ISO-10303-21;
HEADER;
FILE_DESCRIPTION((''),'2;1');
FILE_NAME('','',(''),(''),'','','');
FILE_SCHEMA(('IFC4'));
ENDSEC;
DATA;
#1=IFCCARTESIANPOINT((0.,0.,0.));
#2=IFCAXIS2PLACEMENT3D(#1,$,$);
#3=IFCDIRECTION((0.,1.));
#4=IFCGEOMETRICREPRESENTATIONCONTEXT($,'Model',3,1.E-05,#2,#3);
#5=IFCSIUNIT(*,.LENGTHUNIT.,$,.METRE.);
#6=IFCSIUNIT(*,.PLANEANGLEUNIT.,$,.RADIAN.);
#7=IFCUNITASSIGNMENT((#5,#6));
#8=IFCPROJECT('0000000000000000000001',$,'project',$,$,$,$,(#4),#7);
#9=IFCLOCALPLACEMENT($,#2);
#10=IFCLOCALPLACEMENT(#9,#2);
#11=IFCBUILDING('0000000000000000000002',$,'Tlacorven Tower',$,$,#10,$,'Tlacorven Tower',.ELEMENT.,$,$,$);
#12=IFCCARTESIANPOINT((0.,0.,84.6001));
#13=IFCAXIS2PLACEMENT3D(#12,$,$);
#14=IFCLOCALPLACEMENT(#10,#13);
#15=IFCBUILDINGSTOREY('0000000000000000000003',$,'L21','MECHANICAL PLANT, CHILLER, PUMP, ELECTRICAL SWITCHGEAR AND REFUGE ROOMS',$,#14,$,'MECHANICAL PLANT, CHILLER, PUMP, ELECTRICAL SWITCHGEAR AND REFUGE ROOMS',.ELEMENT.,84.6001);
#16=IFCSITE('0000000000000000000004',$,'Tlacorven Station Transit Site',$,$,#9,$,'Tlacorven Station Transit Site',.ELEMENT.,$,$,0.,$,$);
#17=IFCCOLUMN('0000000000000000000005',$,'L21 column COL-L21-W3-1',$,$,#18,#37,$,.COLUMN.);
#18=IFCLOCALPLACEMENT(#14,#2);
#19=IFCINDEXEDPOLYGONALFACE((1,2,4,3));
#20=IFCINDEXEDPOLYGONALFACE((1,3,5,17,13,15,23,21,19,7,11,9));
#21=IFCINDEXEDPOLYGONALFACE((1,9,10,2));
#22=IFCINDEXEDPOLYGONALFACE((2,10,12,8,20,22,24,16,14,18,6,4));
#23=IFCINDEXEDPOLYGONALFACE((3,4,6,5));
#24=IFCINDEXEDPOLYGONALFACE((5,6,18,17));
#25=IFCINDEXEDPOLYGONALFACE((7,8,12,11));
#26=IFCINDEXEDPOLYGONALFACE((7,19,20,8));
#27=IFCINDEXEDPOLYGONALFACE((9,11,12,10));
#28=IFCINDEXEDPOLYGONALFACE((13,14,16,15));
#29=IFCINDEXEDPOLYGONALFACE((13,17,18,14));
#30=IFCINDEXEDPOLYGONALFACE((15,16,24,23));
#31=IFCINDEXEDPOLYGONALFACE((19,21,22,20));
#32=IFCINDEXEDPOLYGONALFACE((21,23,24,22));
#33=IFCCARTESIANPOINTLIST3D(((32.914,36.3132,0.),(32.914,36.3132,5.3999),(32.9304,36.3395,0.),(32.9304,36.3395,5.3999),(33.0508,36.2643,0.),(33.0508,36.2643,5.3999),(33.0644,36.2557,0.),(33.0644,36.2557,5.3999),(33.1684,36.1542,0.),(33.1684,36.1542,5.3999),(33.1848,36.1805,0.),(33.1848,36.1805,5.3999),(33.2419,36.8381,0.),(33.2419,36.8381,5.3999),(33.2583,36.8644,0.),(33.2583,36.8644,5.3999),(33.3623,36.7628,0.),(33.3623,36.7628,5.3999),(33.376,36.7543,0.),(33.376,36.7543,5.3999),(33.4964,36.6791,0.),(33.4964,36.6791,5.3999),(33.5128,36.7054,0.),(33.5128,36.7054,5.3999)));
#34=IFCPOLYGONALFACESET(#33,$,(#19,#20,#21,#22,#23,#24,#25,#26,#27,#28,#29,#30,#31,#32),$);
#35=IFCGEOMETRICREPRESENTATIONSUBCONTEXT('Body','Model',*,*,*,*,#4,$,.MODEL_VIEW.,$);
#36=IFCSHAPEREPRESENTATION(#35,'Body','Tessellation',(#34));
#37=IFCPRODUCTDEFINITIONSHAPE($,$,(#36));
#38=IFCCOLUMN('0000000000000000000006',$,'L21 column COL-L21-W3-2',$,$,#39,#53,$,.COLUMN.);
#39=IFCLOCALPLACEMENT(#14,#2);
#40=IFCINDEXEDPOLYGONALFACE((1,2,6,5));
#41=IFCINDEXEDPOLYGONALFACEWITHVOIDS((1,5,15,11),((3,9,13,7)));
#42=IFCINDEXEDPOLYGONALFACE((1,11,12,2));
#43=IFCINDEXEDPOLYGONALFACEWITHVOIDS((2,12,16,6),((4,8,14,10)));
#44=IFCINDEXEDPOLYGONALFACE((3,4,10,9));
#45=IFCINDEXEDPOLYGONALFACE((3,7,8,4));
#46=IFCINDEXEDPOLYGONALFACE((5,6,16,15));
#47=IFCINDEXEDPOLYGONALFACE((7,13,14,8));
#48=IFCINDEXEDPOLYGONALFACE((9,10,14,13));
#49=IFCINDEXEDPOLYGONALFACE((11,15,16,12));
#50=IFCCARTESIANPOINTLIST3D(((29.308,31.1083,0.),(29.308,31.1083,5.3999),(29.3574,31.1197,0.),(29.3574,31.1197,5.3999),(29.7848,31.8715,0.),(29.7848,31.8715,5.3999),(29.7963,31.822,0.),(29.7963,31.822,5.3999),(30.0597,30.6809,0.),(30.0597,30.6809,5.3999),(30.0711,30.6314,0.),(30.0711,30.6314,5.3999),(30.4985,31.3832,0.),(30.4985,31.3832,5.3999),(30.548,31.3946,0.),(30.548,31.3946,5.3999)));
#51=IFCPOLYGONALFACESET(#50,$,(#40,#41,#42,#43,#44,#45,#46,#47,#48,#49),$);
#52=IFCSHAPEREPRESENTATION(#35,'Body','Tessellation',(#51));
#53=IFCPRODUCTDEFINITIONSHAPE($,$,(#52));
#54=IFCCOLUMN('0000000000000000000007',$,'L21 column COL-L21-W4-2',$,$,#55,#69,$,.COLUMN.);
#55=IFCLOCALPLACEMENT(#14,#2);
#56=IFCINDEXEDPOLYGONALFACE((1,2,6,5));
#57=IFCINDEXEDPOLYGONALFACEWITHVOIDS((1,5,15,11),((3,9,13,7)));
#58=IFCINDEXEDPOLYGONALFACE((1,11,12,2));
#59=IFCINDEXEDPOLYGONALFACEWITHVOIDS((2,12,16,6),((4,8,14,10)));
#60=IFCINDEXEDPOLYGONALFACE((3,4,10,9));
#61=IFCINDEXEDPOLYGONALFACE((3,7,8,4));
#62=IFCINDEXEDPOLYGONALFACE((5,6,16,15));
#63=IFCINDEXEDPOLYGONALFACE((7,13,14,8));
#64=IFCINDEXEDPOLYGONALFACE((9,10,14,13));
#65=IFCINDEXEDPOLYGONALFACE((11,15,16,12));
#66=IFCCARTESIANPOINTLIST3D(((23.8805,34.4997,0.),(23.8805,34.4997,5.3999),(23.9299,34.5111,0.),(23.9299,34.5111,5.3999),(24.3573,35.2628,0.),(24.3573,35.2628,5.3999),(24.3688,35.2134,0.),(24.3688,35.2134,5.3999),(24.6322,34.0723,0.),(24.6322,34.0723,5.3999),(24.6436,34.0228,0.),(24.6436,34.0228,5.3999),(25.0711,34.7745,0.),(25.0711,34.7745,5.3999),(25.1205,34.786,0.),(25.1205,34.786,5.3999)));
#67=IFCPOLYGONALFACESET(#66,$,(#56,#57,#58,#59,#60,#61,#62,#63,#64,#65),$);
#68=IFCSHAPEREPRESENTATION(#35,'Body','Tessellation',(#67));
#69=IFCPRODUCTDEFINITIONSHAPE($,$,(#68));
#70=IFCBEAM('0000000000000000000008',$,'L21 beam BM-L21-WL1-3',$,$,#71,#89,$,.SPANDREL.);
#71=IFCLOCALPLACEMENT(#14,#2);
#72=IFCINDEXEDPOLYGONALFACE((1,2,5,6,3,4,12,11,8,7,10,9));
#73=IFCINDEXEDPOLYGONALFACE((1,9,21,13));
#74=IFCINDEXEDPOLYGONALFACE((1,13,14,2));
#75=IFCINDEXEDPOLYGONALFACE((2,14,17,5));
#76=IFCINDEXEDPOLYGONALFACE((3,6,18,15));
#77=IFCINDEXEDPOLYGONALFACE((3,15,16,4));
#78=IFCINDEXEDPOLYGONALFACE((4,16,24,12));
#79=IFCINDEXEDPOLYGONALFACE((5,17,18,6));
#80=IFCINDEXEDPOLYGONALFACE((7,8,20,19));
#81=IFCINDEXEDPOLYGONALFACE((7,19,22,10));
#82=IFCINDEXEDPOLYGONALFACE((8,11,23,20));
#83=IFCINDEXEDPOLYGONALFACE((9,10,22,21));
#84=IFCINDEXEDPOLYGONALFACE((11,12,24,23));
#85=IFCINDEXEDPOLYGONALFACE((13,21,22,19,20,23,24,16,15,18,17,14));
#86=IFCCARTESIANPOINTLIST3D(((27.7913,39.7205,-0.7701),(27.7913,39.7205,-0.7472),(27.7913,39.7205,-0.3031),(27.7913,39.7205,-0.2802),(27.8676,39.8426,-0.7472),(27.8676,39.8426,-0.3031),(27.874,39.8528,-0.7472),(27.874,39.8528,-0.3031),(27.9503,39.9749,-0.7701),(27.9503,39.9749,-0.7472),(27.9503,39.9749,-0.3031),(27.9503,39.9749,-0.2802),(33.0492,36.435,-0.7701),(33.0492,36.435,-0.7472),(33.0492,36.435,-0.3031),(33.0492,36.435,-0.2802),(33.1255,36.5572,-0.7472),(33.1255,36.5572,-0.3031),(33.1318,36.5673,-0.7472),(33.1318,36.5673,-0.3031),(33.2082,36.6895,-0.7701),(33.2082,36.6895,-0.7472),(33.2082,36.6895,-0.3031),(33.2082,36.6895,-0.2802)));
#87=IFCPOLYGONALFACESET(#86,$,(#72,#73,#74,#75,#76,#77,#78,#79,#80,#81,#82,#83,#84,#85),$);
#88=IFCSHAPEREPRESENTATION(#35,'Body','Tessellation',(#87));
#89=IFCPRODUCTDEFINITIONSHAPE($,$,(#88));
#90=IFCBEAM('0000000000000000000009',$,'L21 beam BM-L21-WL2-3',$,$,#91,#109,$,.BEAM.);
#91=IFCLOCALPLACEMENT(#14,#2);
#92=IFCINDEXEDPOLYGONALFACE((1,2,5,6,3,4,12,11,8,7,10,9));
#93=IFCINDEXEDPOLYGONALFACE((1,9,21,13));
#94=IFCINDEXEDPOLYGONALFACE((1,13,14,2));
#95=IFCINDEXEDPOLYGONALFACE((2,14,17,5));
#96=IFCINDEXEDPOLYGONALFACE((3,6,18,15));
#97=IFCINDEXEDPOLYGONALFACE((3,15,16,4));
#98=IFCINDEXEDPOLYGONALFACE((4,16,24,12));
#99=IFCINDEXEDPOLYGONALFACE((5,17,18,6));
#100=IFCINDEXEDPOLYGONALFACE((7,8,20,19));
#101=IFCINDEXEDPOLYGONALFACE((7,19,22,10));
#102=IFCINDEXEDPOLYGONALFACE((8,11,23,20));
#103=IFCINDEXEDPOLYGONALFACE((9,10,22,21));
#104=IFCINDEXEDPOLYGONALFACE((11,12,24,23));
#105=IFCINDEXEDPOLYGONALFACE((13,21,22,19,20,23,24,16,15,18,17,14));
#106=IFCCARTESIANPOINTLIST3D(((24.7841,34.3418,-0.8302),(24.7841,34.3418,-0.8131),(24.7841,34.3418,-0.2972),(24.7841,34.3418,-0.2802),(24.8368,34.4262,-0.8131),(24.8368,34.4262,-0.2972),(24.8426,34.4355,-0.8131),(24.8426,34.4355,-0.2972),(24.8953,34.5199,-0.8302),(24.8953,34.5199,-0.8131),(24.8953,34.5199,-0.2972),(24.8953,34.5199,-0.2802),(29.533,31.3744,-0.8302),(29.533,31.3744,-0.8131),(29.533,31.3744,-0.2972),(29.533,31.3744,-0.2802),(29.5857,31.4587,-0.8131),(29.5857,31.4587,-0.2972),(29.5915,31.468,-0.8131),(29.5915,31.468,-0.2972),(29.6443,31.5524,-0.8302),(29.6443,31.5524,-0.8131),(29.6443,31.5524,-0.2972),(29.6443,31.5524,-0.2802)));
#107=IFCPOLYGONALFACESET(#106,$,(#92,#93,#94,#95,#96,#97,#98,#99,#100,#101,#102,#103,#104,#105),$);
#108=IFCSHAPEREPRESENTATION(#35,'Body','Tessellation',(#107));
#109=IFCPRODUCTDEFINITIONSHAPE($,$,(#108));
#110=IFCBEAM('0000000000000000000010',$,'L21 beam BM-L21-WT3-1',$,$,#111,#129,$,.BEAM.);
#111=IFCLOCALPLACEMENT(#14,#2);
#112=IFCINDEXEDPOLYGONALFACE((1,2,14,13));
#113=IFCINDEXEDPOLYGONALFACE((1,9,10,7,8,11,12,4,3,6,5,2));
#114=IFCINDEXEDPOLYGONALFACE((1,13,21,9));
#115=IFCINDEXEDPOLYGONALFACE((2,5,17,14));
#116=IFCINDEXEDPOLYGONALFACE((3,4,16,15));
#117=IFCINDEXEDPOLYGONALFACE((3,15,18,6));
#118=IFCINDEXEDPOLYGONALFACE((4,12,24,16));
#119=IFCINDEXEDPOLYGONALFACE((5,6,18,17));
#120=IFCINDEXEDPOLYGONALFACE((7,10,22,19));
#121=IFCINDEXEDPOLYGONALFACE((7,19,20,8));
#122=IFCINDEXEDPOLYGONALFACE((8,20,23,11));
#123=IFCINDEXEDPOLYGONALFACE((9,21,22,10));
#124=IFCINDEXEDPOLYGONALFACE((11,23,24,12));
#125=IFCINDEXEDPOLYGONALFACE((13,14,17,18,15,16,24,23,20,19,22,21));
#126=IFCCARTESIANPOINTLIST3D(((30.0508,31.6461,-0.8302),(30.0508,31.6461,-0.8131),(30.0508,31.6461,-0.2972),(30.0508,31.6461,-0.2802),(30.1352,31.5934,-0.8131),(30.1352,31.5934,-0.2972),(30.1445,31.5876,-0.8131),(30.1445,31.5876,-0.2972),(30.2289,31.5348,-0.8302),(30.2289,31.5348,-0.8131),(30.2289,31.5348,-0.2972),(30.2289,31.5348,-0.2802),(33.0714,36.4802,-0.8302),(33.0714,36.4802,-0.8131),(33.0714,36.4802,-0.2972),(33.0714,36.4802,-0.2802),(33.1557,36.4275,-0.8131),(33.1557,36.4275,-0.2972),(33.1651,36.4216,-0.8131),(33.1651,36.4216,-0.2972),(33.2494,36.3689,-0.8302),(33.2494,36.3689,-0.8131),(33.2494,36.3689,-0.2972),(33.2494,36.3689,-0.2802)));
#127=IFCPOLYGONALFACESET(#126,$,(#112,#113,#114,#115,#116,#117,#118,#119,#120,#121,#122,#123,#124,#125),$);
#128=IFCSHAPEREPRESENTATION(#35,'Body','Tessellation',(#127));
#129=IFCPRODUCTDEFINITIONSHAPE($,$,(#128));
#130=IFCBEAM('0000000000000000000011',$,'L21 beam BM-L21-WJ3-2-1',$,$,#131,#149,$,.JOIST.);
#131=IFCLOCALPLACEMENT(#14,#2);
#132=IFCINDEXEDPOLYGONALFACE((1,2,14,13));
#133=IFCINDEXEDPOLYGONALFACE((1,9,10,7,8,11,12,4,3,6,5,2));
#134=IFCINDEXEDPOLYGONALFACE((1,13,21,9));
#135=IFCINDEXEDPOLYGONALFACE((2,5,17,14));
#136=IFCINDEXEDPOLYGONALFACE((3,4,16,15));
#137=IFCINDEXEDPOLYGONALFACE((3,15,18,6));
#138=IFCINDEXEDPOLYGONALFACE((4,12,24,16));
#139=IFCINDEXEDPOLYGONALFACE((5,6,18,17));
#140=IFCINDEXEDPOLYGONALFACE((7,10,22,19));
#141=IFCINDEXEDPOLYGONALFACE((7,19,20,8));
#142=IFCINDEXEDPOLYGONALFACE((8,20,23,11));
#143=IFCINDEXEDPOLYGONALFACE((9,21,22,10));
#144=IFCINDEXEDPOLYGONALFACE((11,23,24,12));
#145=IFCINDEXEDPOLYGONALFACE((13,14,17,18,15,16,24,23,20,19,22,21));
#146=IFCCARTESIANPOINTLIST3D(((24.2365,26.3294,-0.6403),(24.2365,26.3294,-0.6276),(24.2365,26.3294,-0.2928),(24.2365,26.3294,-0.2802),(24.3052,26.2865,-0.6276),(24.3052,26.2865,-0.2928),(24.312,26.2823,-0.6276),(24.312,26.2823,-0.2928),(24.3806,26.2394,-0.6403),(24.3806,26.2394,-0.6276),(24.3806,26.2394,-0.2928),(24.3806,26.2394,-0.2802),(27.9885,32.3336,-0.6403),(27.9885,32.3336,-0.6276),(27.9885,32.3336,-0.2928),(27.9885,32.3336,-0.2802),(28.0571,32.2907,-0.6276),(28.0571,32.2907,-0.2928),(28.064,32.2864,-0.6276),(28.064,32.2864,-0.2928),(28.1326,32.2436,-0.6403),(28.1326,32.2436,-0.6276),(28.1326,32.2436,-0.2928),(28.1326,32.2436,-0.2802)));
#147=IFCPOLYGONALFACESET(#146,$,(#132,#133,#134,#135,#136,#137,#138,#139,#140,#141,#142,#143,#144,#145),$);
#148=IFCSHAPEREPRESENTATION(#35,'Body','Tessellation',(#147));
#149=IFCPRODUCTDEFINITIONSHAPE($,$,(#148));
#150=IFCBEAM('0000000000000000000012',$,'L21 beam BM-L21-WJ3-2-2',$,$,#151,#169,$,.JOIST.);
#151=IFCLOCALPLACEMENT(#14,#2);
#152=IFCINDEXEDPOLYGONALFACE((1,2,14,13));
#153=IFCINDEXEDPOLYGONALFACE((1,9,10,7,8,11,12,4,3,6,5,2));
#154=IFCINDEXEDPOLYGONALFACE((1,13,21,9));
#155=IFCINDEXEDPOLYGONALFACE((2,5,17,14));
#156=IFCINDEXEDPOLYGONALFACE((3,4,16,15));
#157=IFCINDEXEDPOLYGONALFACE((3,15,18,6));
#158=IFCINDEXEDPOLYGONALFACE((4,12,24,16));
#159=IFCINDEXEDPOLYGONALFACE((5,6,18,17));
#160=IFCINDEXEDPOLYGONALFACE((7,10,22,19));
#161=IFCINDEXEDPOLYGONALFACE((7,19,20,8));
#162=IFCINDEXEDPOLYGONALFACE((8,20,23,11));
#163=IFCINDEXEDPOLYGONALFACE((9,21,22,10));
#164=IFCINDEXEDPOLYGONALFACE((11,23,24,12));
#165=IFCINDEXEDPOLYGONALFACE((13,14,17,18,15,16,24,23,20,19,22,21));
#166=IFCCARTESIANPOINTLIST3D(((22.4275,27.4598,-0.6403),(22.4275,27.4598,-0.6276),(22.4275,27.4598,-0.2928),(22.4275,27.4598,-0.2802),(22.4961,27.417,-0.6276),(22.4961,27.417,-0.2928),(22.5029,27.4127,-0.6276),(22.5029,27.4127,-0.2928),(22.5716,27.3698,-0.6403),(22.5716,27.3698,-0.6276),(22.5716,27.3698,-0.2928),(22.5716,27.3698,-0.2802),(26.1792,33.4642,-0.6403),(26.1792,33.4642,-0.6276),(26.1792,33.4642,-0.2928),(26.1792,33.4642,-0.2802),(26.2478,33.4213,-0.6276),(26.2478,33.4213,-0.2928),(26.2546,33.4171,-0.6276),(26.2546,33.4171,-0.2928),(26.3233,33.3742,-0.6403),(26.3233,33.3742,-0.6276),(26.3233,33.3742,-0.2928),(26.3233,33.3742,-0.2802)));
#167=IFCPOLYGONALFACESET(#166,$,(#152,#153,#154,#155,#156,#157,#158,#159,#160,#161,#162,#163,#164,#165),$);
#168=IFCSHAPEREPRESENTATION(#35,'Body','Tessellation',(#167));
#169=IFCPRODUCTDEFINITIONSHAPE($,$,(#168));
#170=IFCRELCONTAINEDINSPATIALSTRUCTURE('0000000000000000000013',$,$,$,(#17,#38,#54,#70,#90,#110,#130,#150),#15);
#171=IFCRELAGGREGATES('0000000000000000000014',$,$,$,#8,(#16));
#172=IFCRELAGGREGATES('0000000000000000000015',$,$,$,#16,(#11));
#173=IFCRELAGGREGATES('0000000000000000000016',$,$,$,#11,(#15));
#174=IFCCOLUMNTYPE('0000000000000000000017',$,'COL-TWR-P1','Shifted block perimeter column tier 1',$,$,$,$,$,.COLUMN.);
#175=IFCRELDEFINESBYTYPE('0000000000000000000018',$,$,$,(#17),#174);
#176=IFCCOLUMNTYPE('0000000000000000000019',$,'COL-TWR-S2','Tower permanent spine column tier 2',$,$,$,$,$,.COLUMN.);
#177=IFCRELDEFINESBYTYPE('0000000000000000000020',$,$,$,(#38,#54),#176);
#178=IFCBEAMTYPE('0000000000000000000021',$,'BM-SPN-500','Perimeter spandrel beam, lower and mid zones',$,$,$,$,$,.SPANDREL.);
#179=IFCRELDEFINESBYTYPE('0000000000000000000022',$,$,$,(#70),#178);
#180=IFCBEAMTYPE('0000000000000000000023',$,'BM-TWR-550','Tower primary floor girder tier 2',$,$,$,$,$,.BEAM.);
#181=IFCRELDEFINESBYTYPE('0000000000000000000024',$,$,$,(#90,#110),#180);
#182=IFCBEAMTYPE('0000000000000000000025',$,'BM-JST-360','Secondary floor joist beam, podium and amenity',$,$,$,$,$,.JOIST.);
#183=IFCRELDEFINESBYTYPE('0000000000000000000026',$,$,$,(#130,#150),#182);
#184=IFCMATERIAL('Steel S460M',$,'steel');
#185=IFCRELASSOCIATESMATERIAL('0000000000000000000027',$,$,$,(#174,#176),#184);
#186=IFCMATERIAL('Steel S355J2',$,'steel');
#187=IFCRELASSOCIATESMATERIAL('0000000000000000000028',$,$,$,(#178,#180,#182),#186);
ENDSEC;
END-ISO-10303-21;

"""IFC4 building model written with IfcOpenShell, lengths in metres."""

from ifc_helpers import new_model, si_unit, direction, frame, origin, origin_2d, place, context, subcontext, project, spatial, hollow_rectangle, i_section, extrude, source, transform, mapped, material, material_profile, profile_set, type_object, element, save


model = new_model("IFC4")

# Units and contexts
model_context = context("Model", 3, precision=1e-05, world=origin(), true_north=direction((0.0, 1.0)))
body_context = subcontext(model_context, "Body", "Model", "MODEL_VIEW")
ifc_project = project(units=[si_unit("LENGTHUNIT", "METRE"), si_unit("PLANEANGLEUNIT", "RADIAN")], contexts=[model_context])

# Site, building, storey
site_placement = place(None, origin())
site = spatial("IfcSite", under=ifc_project, at=site_placement, Name="Tlacorven Station Transit Site", LongName="Tlacorven Station Transit Site", CompositionType="ELEMENT", RefElevation=0.0)
building_placement = place(site_placement, origin())
building = spatial("IfcBuilding", under=site, at=building_placement, Name="Tlacorven Tower", LongName="Tlacorven Tower", CompositionType="ELEMENT")
storey_placement = place(building_placement, frame((0.0, 0.0, 84.6001)))
storey = spatial("IfcBuildingStorey", under=building, at=storey_placement, Name="L21", Description="MECHANICAL PLANT, CHILLER, PUMP, ELECTRICAL SWITCHGEAR AND REFUGE ROOMS", LongName="MECHANICAL PLANT, CHILLER, PUMP, ELECTRICAL SWITCHGEAR AND REFUGE ROOMS", CompositionType="ELEMENT", Elevation=84.6001)

# Columns
ifc_material_1 = material(Name="Steel S460M", Category="steel")
ifc_material_profile_1 = material_profile(ifc_material_1, i_section(OverallWidth=0.3, OverallDepth=0.6499, WebThickness=0.0161, FlangeThickness=0.031, at=origin_2d()), Name="HEB 650")
ifc_profile_set_1 = profile_set([ifc_material_profile_1], Name="Steel S460M")
column_type_1 = type_object("IfcColumnType", Name="COL-TWR-P1", Description="Shifted block perimeter column tier 1", PredefinedType="COLUMN", material=ifc_profile_set_1)
shared_shape_1 = source(origin(), body_context, "Body", "SweptSolid", [
    extrude(i_section(OverallWidth=0.3, OverallDepth=0.6499, WebThickness=0.0161, FlangeThickness=0.031, at=origin_2d()), origin(), (0.0, 0.0, 1.0), 5.3999),
])
column_placement = place(storey_placement, frame((33.2134, 36.5093, 0.0), z_axis=(0.0, 0.0, 1.0), x_axis=(-0.848048, 0.529919, 0.0)))
element("IfcColumn", 1, at=column_placement, inside=storey, type_object=column_type_1, Name="L21 column COL-L21-W3-1", PredefinedType="COLUMN", context=body_context, shape_type="MappedRepresentation", body=[
    mapped(shared_shape_1, transform((0.0, 0.0, 0.0), scale=1.0)),
])
ifc_material_profile_2 = material_profile(ifc_material_1, hollow_rectangle(XDim=0.8999, YDim=0.8999, WallThickness=0.0359, at=origin_2d()), Name="BOX 900X900X36")
ifc_profile_set_2 = profile_set([ifc_material_profile_2], Name="Steel S460M")
column_type_2 = type_object("IfcColumnType", Name="COL-TWR-S2", Description="Tower permanent spine column tier 2", PredefinedType="COLUMN", material=ifc_profile_set_2)
shared_shape_2 = source(origin(), body_context, "Body", "SweptSolid", [
    extrude(hollow_rectangle(XDim=0.8999, YDim=0.8999, WallThickness=0.0359, at=origin_2d()), origin(), (0.0, 0.0, 1.0), 5.3999),
])
for number, where, z_axis, x_axis, name in (
    (2, (29.928, 31.2515, 0.0), (0.0, 0.0, 1.0), (-0.848048, 0.529919, 0.0), "L21 column COL-L21-W3-2"),
    (3, (24.5005, 34.6428, 0.0), (0.0, 0.0, 1.0), (-0.848048, 0.529919, 0.0), "L21 column COL-L21-W4-2"),
):
    element("IfcColumn", number, at=place(storey_placement, frame(where, z_axis=z_axis, x_axis=x_axis)), inside=storey, type_object=column_type_2, Name=name, PredefinedType="COLUMN", context=body_context, shape_type="MappedRepresentation", body=[
        mapped(shared_shape_2, transform((0.0, 0.0, 0.0), scale=1.0)),
    ])

# Beams
ifc_material_2 = material(Name="Steel S355J2", Category="steel")
ifc_material_profile_3 = material_profile(ifc_material_2, i_section(OverallWidth=0.3, OverallDepth=0.49, WebThickness=0.012, FlangeThickness=0.0229, at=origin_2d()), Name="HEA 500")
ifc_profile_set_3 = profile_set([ifc_material_profile_3], Name="Steel S355J2")
beam_type_1 = type_object("IfcBeamType", Name="BM-SPN-500", Description="Perimeter spandrel beam, lower and mid zones", PredefinedType="SPANDREL", material=ifc_profile_set_3)
shared_shape_3 = source(origin(), body_context, "Body", "SweptSolid", [
    extrude(i_section(OverallWidth=0.3, OverallDepth=0.49, WebThickness=0.012, FlangeThickness=0.0229, at=origin_2d()), origin(), (0.0, 0.0, 1.0), 6.2),
])
beam_1_placement = place(storey_placement, frame((33.1287, 36.5623, -0.5251), z_axis=(-0.848051, 0.529914, 0.0), x_axis=(-0.529914, -0.848051, 0.0)))
element("IfcBeam", 4, at=beam_1_placement, inside=storey, type_object=beam_type_1, Name="L21 beam BM-L21-WL1-3", PredefinedType="SPANDREL", context=body_context, shape_type="MappedRepresentation", body=[
    mapped(shared_shape_3, transform((0.0, 0.0, 0.0), scale=1.0)),
])
ifc_material_profile_4 = material_profile(ifc_material_2, i_section(OverallWidth=0.21, OverallDepth=0.55, WebThickness=0.011, FlangeThickness=0.0171, at=origin_2d()), Name="IPE 550")
ifc_profile_set_4 = profile_set([ifc_material_profile_4], Name="Steel S355J2")
beam_type_2 = type_object("IfcBeamType", Name="BM-TWR-550", Description="Tower primary floor girder tier 2", PredefinedType="BEAM", material=ifc_profile_set_4)
shared_shape_4 = source(origin(), body_context, "Body", "SweptSolid", [
    extrude(i_section(OverallWidth=0.21, OverallDepth=0.55, WebThickness=0.011, FlangeThickness=0.0171, at=origin_2d()), origin(), (0.0, 0.0, 1.0), 5.5999),
])
beam_2_placement = place(storey_placement, frame((29.5886, 31.4634, -0.5552), z_axis=(-0.848047, 0.529921, 0.0), x_axis=(-0.529921, -0.848047, 0.0)))
element("IfcBeam", 5, at=beam_2_placement, inside=storey, type_object=beam_type_2, Name="L21 beam BM-L21-WL2-3", PredefinedType="BEAM", context=body_context, shape_type="MappedRepresentation", body=[
    mapped(shared_shape_4, transform((0.0, 0.0, 0.0), scale=1.0)),
])
shared_shape_5 = source(origin(), body_context, "Body", "SweptSolid", [
    extrude(i_section(OverallWidth=0.21, OverallDepth=0.55, WebThickness=0.011, FlangeThickness=0.0171, at=origin_2d()), origin(), (0.0, 0.0, 1.0), 5.7002),
])
beam_3_placement = place(storey_placement, frame((33.1604, 36.4246, -0.5552), z_axis=(-0.529907, -0.848056, 0.0), x_axis=(0.848056, -0.529907, 0.0)))
element("IfcBeam", 6, at=beam_3_placement, inside=storey, type_object=beam_type_2, Name="L21 beam BM-L21-WT3-1", PredefinedType="BEAM", context=body_context, shape_type="MappedRepresentation", body=[
    mapped(shared_shape_5, transform((0.0, 0.0, 0.0), scale=1.0)),
])
ifc_material_profile_5 = material_profile(ifc_material_2, i_section(OverallWidth=0.1699, OverallDepth=0.3601, WebThickness=0.0081, FlangeThickness=0.0127, at=origin_2d()), Name="IPE 360")
ifc_profile_set_5 = profile_set([ifc_material_profile_5], Name="Steel S355J2")
beam_type_3 = type_object("IfcBeamType", Name="BM-JST-360", Description="Secondary floor joist beam, podium and amenity", PredefinedType="JOIST", material=ifc_profile_set_5)
shared_shape_6 = source(origin(), body_context, "Body", "SweptSolid", [
    extrude(i_section(OverallWidth=0.1699, OverallDepth=0.3601, WebThickness=0.0081, FlangeThickness=0.0127, at=origin_2d()), origin(), (0.0, 0.0, 1.0), 7.0801),
])
for number, where, z_axis, x_axis, name in (
    (7, (28.0605, 32.2886, -0.4602), (-0.529934, -0.848039, 0.0), (0.848039, -0.529934, 0.0), "L21 beam BM-L21-WJ3-2-1"),
    (8, (26.2512, 33.4192, -0.4602), (-0.529894, -0.848064, 0.0), (0.848064, -0.529894, 0.0), "L21 beam BM-L21-WJ3-2-2"),
):
    element("IfcBeam", number, at=place(storey_placement, frame(where, z_axis=z_axis, x_axis=x_axis)), inside=storey, type_object=beam_type_3, Name=name, PredefinedType="JOIST", context=body_context, shape_type="MappedRepresentation", body=[
        mapped(shared_shape_6, transform((0.0, 0.0, 0.0), scale=1.0)),
    ])

save(model, "model.ifc")
